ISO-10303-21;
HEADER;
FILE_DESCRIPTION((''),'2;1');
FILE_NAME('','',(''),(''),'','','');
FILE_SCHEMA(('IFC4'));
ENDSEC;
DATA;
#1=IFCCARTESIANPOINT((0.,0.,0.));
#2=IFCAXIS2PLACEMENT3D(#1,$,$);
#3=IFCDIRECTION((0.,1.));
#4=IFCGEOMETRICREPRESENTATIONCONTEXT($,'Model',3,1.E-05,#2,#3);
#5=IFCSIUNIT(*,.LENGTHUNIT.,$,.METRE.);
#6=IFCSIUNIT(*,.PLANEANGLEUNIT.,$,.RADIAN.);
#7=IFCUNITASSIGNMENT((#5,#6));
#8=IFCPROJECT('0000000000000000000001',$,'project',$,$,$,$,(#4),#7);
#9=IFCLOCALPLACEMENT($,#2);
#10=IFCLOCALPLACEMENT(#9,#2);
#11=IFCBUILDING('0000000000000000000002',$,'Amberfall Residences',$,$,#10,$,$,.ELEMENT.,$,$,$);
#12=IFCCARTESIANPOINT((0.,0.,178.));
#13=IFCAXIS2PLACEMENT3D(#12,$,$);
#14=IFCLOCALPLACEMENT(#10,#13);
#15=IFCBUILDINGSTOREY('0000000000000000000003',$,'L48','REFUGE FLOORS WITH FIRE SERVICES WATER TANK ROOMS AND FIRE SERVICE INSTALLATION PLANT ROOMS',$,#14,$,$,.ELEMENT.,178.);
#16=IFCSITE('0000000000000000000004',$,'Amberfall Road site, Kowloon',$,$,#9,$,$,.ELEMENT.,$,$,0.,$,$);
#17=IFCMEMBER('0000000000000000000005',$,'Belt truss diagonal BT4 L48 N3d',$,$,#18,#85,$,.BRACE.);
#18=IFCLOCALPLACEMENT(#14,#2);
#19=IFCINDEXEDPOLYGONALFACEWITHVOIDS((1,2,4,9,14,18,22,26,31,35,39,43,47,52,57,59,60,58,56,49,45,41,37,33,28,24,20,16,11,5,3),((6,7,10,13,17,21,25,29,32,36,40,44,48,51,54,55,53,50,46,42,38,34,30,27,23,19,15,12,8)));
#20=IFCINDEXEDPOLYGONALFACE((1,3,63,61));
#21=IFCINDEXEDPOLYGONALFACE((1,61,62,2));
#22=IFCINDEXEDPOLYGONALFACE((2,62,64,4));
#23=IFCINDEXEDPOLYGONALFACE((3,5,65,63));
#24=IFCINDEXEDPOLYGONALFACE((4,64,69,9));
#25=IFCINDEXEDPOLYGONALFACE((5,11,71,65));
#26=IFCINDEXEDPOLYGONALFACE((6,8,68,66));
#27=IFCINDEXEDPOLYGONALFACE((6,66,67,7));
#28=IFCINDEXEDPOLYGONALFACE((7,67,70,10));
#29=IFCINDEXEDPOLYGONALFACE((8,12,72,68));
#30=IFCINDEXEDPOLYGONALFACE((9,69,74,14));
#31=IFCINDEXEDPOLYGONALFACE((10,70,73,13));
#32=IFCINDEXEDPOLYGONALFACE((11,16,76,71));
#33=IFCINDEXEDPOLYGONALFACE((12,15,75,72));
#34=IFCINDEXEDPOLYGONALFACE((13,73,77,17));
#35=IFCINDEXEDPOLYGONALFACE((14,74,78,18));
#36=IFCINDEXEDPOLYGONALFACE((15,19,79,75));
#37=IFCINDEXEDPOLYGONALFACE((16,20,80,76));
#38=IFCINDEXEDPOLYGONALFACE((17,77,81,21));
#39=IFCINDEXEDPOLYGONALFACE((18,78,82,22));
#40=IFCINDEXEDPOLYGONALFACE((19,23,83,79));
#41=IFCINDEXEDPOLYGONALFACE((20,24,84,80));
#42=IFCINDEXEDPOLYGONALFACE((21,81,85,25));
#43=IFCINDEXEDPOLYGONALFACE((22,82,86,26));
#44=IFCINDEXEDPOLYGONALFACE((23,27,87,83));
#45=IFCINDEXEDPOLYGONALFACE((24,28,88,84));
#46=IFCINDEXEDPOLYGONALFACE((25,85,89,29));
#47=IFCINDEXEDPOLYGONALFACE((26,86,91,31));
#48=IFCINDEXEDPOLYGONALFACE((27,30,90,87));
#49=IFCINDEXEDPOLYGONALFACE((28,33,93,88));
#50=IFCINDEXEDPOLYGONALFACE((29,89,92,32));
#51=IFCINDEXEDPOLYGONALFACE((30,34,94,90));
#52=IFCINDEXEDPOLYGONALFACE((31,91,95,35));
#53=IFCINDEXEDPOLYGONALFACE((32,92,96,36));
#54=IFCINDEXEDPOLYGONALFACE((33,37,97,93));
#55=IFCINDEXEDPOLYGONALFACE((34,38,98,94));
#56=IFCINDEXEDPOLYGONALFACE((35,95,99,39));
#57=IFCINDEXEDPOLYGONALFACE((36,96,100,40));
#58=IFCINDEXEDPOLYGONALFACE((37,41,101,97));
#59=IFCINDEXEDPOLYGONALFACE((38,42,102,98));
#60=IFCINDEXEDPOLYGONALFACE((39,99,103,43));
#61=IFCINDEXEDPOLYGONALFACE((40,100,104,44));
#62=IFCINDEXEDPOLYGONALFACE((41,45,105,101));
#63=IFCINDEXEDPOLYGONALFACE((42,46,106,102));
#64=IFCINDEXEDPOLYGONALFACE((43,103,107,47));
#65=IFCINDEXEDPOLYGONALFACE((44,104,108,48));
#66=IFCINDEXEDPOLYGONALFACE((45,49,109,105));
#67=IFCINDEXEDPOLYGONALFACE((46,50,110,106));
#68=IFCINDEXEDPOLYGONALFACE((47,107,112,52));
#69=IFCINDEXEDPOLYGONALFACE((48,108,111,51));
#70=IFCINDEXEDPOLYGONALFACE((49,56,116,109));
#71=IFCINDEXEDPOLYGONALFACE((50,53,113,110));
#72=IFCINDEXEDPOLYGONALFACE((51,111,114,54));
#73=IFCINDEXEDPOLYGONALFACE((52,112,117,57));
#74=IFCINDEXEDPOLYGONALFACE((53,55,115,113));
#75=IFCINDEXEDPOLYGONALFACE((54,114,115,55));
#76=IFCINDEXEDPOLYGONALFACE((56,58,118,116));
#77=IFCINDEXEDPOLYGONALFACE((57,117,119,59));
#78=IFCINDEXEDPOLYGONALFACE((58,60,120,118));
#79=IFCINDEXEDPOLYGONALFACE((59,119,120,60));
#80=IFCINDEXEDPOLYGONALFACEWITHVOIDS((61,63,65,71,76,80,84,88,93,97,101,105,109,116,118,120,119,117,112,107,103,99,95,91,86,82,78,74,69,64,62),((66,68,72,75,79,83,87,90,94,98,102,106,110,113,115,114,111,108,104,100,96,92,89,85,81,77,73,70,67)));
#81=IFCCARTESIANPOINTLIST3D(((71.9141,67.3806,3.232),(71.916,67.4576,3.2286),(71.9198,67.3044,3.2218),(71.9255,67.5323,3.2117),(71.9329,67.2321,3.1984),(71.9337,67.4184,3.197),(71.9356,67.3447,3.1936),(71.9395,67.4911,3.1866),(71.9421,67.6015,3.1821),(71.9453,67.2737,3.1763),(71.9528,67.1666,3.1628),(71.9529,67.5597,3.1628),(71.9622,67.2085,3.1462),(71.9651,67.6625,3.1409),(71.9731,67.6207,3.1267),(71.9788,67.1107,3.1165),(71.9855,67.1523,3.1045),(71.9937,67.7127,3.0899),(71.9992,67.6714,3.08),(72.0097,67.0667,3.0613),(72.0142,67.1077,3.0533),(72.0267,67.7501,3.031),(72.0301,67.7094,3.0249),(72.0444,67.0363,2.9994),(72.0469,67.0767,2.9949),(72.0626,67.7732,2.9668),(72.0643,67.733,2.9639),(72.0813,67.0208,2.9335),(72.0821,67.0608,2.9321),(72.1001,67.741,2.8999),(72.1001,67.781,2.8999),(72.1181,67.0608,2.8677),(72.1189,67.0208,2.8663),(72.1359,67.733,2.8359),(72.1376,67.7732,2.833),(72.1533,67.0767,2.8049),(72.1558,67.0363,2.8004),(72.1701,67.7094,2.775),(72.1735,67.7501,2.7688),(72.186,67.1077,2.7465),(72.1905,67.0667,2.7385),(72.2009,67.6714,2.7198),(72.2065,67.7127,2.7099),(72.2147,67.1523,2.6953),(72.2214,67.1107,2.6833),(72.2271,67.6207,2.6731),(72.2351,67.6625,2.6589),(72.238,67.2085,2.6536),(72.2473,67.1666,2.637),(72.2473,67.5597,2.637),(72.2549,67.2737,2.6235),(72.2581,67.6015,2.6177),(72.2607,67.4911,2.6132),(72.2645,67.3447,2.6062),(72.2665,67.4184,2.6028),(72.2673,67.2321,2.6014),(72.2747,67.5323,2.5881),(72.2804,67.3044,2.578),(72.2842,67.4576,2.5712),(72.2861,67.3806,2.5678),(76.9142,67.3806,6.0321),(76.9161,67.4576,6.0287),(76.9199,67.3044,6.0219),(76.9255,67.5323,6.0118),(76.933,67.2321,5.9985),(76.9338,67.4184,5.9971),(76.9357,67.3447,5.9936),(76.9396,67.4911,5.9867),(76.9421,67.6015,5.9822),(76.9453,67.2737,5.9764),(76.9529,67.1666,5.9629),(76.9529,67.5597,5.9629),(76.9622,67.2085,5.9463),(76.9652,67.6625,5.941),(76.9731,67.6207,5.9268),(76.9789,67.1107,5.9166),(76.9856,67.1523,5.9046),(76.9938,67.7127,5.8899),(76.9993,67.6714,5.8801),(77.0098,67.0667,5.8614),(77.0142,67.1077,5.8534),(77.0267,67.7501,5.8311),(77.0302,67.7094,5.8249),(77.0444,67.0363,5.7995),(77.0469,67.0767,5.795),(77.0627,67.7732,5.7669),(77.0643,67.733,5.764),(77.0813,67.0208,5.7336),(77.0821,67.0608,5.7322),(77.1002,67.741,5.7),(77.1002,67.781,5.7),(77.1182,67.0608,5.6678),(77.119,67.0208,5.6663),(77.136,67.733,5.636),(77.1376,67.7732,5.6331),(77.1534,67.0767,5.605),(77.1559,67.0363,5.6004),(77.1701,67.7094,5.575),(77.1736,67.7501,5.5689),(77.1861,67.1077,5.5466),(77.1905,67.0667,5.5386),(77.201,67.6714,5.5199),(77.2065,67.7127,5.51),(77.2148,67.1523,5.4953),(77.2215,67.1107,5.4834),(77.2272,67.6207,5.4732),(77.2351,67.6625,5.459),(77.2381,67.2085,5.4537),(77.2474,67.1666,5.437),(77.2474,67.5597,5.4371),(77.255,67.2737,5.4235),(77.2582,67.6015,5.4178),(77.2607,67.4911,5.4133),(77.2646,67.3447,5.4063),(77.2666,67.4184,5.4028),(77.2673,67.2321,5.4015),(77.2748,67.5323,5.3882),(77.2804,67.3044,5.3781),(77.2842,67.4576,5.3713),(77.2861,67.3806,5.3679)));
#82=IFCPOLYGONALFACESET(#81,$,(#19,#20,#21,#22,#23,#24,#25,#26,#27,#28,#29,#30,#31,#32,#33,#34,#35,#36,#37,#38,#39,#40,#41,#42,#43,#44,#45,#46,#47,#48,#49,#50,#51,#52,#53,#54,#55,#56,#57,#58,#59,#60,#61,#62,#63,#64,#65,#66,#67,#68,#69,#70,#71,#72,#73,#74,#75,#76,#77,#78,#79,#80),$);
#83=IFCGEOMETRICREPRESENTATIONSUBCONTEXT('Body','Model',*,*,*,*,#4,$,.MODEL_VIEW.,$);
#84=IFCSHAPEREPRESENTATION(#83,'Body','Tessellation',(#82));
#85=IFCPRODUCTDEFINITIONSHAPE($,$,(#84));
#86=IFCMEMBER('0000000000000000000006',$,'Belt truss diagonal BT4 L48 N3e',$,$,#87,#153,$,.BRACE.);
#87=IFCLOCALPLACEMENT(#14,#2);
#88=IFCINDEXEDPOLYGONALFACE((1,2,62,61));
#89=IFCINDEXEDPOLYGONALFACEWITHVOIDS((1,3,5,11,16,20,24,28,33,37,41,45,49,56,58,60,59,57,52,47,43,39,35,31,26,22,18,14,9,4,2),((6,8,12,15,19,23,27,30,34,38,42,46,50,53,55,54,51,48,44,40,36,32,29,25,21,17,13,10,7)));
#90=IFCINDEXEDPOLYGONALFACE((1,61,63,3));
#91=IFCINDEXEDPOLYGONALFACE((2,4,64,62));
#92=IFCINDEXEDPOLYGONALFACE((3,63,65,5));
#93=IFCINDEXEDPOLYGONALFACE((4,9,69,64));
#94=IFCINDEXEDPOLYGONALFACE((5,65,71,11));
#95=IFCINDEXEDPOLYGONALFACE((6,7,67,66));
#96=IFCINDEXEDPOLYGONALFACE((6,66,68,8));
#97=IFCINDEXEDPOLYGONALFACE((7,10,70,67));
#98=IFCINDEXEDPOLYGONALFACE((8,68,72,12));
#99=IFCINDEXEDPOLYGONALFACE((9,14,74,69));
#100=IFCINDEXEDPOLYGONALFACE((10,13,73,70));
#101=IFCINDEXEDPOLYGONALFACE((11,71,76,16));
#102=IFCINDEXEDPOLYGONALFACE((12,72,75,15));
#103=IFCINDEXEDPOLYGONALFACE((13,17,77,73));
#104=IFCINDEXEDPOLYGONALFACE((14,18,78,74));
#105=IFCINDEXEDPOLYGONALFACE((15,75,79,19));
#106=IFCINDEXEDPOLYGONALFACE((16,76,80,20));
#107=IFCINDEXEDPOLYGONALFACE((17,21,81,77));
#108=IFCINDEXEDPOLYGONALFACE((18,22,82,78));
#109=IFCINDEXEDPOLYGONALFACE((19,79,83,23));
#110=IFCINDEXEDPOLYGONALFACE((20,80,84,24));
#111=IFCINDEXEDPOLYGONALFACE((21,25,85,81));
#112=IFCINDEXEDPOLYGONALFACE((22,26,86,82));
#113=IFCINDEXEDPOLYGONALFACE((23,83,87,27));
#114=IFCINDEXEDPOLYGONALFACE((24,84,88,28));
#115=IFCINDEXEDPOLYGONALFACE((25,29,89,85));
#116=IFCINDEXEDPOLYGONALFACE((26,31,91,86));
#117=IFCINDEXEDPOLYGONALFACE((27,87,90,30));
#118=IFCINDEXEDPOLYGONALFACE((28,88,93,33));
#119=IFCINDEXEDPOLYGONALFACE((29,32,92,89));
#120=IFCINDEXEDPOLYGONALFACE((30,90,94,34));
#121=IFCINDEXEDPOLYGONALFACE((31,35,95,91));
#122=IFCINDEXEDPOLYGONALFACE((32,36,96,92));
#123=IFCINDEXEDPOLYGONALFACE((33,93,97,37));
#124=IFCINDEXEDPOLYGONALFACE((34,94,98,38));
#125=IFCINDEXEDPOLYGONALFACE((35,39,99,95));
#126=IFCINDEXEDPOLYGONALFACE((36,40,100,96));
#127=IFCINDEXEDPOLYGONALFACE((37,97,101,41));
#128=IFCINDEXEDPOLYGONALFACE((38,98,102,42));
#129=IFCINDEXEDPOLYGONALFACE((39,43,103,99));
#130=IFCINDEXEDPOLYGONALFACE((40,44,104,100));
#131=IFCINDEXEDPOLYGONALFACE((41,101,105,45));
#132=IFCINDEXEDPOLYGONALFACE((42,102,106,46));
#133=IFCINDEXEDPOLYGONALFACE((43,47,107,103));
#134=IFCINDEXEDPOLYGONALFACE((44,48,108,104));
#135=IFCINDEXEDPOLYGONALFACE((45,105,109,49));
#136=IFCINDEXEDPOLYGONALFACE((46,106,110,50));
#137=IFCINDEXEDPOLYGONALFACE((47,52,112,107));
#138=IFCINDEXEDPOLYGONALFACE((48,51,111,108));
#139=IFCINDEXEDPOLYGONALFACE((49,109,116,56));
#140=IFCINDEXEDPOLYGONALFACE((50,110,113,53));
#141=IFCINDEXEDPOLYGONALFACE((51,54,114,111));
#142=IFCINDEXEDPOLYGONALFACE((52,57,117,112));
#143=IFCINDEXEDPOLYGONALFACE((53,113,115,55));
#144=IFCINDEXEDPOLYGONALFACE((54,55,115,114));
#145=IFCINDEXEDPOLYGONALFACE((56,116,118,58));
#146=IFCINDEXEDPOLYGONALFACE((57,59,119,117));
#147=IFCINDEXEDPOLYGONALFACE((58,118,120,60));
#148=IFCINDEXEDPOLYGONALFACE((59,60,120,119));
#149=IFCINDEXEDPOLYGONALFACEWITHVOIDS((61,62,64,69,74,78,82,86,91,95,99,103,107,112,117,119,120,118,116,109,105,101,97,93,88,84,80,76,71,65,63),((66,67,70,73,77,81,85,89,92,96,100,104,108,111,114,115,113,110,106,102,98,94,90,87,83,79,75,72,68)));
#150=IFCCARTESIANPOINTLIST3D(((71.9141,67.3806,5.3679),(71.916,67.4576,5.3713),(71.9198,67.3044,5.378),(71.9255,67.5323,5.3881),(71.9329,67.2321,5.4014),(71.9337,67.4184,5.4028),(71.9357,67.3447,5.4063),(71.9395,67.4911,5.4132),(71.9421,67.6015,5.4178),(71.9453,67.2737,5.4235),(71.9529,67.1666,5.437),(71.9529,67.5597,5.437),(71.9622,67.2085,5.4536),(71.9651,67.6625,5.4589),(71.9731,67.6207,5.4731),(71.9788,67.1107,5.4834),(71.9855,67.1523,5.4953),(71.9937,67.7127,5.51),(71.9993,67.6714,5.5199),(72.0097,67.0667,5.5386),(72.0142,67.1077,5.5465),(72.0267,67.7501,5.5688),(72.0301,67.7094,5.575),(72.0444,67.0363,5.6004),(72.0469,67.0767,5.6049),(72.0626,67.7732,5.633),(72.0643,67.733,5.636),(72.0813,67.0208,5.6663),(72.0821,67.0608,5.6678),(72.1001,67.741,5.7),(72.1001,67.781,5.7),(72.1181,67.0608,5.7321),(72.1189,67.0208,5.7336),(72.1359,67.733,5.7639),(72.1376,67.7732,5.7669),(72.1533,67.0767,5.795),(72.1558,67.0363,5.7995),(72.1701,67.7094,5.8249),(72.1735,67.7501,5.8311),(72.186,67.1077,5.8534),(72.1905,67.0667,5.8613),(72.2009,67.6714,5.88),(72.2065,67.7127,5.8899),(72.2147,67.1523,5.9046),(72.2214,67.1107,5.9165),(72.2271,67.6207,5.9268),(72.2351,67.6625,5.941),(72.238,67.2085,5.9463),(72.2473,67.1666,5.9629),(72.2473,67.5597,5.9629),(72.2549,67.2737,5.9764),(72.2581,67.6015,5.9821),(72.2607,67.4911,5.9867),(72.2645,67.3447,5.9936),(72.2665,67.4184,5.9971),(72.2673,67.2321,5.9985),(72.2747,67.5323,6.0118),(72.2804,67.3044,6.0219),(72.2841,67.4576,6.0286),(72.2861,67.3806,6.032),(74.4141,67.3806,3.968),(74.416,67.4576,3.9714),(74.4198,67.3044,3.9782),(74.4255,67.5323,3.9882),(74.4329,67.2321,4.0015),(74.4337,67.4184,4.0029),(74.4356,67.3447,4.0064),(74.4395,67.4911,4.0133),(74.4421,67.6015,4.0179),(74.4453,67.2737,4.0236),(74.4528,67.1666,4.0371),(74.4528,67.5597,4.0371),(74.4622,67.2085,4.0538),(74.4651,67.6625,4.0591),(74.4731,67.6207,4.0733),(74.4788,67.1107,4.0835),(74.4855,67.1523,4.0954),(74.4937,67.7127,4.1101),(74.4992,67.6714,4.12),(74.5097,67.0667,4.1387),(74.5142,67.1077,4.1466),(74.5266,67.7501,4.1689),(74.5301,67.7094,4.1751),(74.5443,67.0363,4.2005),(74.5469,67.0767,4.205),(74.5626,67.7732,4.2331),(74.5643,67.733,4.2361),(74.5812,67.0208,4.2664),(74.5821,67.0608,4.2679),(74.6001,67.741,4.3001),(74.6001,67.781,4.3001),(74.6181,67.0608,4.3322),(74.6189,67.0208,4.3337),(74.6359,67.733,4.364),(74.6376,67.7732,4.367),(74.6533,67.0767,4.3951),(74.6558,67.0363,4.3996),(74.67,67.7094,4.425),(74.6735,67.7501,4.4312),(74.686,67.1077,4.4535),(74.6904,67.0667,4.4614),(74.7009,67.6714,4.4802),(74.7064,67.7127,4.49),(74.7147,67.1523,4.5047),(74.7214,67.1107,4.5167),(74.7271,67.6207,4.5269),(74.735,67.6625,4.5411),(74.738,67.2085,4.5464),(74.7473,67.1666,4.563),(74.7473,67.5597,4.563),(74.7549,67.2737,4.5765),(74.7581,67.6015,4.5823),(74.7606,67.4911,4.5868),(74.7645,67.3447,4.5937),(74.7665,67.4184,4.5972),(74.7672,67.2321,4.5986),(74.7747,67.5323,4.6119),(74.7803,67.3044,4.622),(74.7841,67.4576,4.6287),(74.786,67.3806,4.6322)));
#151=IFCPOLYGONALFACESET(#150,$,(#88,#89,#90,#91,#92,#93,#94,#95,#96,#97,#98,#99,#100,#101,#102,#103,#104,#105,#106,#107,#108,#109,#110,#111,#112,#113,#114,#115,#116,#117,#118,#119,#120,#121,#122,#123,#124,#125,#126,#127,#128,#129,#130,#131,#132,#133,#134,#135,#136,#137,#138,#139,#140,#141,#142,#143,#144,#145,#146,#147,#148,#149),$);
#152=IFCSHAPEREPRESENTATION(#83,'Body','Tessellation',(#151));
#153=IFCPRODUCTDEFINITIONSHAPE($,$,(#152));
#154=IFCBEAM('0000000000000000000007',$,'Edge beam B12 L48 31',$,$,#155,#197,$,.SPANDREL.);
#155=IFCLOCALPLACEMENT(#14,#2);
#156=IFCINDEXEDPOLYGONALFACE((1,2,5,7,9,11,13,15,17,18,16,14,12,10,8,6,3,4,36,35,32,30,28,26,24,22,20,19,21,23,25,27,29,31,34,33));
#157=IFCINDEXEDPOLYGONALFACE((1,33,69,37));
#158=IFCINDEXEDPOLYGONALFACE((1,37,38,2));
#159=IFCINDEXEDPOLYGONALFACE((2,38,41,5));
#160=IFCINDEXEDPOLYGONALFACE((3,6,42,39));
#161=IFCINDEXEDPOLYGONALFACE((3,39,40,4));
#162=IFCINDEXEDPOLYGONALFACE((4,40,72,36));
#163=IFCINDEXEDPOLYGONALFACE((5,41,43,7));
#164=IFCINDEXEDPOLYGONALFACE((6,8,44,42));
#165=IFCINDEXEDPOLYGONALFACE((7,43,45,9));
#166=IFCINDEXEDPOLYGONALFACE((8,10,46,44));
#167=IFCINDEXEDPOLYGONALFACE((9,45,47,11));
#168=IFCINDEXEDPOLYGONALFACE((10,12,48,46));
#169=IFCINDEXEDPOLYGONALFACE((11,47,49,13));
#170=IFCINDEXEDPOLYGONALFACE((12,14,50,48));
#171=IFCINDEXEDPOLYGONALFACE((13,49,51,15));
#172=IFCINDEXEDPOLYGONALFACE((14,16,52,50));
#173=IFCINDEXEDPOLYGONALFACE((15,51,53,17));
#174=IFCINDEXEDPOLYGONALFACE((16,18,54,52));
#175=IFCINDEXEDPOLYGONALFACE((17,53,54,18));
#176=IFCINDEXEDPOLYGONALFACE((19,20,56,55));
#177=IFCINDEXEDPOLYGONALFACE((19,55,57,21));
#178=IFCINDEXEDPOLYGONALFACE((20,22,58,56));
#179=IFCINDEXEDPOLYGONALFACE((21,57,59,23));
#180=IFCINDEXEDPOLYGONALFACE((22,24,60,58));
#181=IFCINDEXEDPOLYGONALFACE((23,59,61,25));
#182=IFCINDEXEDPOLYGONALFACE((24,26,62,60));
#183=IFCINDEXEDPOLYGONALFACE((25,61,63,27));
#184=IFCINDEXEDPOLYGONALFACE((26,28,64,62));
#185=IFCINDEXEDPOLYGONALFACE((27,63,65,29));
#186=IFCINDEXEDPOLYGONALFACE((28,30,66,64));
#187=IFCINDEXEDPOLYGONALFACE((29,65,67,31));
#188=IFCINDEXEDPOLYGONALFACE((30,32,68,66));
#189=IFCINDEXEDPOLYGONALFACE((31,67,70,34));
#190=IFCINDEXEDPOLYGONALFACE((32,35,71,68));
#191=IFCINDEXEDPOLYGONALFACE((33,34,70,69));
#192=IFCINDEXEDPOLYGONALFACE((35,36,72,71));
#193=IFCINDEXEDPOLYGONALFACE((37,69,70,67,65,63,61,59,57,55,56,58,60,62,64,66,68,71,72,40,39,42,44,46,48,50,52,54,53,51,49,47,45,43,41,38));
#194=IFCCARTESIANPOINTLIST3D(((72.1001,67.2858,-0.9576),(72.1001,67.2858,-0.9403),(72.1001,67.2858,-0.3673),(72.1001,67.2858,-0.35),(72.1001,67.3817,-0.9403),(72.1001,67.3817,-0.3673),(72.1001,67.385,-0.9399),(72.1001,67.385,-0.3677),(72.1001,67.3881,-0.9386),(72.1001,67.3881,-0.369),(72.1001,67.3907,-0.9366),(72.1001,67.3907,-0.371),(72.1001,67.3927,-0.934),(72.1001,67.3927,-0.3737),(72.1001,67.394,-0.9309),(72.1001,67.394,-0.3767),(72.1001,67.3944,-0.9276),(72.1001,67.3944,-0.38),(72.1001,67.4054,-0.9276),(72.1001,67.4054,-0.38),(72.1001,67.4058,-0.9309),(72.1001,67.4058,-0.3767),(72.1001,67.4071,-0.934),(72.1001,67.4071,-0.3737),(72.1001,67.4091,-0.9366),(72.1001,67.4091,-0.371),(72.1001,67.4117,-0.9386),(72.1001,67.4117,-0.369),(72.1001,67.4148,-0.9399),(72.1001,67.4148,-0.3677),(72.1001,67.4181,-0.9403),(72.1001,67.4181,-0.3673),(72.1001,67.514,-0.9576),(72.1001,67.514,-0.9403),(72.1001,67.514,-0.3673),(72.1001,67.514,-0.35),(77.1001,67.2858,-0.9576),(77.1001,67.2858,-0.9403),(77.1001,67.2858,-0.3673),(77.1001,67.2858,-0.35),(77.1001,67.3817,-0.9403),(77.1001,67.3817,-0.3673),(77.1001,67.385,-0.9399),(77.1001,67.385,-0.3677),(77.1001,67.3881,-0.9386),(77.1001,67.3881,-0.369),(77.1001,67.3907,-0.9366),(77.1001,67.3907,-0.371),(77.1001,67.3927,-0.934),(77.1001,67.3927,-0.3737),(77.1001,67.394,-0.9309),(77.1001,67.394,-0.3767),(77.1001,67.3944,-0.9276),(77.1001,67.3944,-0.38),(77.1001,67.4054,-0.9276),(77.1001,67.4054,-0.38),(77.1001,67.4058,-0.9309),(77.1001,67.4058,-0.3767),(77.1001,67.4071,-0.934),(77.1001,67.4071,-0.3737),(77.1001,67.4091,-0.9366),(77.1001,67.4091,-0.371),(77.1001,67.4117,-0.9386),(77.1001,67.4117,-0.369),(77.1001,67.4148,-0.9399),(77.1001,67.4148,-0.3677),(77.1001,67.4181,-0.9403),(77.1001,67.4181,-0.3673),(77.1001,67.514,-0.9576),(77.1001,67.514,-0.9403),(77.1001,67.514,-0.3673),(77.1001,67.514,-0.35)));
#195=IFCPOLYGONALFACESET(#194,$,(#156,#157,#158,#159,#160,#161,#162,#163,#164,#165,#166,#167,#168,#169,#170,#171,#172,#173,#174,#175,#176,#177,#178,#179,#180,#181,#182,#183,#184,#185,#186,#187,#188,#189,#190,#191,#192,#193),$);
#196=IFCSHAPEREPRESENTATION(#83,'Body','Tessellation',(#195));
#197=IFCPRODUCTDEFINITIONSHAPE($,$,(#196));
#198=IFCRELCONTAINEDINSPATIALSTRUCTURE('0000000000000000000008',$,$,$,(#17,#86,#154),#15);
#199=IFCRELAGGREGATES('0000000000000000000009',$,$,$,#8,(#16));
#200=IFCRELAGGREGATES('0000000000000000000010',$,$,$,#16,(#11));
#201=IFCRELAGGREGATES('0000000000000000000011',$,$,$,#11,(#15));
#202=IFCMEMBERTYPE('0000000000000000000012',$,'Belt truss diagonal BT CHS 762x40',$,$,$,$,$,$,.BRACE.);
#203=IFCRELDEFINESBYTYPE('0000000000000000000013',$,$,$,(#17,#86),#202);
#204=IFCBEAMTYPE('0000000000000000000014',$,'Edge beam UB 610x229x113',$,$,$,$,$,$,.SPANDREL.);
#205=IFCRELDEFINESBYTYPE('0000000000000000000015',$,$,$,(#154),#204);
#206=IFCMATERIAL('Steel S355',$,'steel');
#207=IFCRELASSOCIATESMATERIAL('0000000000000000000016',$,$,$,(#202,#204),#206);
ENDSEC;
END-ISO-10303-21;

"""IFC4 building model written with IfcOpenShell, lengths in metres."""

from ifc_helpers import new_model, si_unit, direction, frame, origin, origin_2d, place, context, subcontext, project, spatial, hollow_circle, i_section, extrude, material, material_profile, profile_set, type_object, element, save


model = new_model("IFC4")

# Units and contexts
model_context = context("Model", 3, precision=1e-05, world=origin(), true_north=direction((0.0, 1.0)))
body_context = subcontext(model_context, "Body", "Model", "MODEL_VIEW")
ifc_project = project(units=[si_unit("LENGTHUNIT", "METRE"), si_unit("PLANEANGLEUNIT", "RADIAN")], contexts=[model_context])

# Site, building, storey
site_placement = place(None, origin())
site = spatial("IfcSite", under=ifc_project, at=site_placement, Name="Amberfall Road site, Kowloon", CompositionType="ELEMENT", RefElevation=0.0)
building_placement = place(site_placement, origin())
building = spatial("IfcBuilding", under=site, at=building_placement, Name="Amberfall Residences", CompositionType="ELEMENT")
storey_placement = place(building_placement, frame((0.0, 0.0, 178.0)))
storey = spatial("IfcBuildingStorey", under=building, at=storey_placement, Name="L48", Description="REFUGE FLOORS WITH FIRE SERVICES WATER TANK ROOMS AND FIRE SERVICE INSTALLATION PLANT ROOMS", CompositionType="ELEMENT", Elevation=178.0)

# Shared definitions
ifc_material_1 = material(Name="Steel S355", Category="steel")

# Members
ifc_material_profile_1 = material_profile(ifc_material_1, hollow_circle(Radius=0.3811, WallThickness=0.04, at=origin_2d()), Name="CHS 762x40")
ifc_profile_set_1 = profile_set([ifc_material_profile_1], Name="Steel S355")
member_type_1 = type_object("IfcMemberType", Name="Belt truss diagonal BT CHS 762x40", PredefinedType="BRACE", material=ifc_profile_set_1)
member_1_placement = place(storey_placement, frame((72.1001, 67.3999, 2.8999), z_axis=(0.872502, 0.0, 0.48861), x_axis=(0.0, 1.0, 0.0)))
element("IfcMember", 1, at=member_1_placement, inside=storey, type_object=member_type_1, Name="Belt truss diagonal BT4 L48 N3d", PredefinedType="BRACE", context=body_context, shape_type="SweptSolid", body=[
    extrude(hollow_circle(Radius=0.3811, WallThickness=0.04, at=origin_2d()), origin(), (0.0, 0.0, 1.0), 5.7307),
])
member_2_placement = place(storey_placement, frame((72.1001, 67.3999, 5.7), z_axis=(0.872521, 0.0, -0.488577), x_axis=(0.0, 1.0, 0.0)))
element("IfcMember", 2, at=member_2_placement, inside=storey, type_object=member_type_1, Name="Belt truss diagonal BT4 L48 N3e", PredefinedType="BRACE", context=body_context, shape_type="SweptSolid", body=[
    extrude(hollow_circle(Radius=0.3811, WallThickness=0.04, at=origin_2d()), origin(), (0.0, 0.0, 1.0), 2.8652),
])

# Beam
ifc_material_profile_2 = material_profile(ifc_material_1, i_section(OverallWidth=0.2283, OverallDepth=0.6077, WebThickness=0.011, FlangeThickness=0.0173, FilletRadius=0.0127, at=origin_2d()), Name="UB 610x229x113")
ifc_profile_set_2 = profile_set([ifc_material_profile_2], Name="Steel S355")
beam_type_1 = type_object("IfcBeamType", Name="Edge beam UB 610x229x113", PredefinedType="SPANDREL", material=ifc_profile_set_2)
beam_1_placement = place(storey_placement, frame((72.1001, 67.3999, -0.6538), z_axis=(1.0, 0.0, 0.0), x_axis=(0.0, 1.0, 0.0)))
element("IfcBeam", 3, at=beam_1_placement, inside=storey, type_object=beam_type_1, Name="Edge beam B12 L48 31", PredefinedType="SPANDREL", context=body_context, shape_type="SweptSolid", body=[
    extrude(i_section(OverallWidth=0.2283, OverallDepth=0.6077, WebThickness=0.011, FlangeThickness=0.0173, FilletRadius=0.0127, at=origin_2d()), origin(), (0.0, 0.0, 1.0), 5.0),
])

save(model, "model.ifc")
